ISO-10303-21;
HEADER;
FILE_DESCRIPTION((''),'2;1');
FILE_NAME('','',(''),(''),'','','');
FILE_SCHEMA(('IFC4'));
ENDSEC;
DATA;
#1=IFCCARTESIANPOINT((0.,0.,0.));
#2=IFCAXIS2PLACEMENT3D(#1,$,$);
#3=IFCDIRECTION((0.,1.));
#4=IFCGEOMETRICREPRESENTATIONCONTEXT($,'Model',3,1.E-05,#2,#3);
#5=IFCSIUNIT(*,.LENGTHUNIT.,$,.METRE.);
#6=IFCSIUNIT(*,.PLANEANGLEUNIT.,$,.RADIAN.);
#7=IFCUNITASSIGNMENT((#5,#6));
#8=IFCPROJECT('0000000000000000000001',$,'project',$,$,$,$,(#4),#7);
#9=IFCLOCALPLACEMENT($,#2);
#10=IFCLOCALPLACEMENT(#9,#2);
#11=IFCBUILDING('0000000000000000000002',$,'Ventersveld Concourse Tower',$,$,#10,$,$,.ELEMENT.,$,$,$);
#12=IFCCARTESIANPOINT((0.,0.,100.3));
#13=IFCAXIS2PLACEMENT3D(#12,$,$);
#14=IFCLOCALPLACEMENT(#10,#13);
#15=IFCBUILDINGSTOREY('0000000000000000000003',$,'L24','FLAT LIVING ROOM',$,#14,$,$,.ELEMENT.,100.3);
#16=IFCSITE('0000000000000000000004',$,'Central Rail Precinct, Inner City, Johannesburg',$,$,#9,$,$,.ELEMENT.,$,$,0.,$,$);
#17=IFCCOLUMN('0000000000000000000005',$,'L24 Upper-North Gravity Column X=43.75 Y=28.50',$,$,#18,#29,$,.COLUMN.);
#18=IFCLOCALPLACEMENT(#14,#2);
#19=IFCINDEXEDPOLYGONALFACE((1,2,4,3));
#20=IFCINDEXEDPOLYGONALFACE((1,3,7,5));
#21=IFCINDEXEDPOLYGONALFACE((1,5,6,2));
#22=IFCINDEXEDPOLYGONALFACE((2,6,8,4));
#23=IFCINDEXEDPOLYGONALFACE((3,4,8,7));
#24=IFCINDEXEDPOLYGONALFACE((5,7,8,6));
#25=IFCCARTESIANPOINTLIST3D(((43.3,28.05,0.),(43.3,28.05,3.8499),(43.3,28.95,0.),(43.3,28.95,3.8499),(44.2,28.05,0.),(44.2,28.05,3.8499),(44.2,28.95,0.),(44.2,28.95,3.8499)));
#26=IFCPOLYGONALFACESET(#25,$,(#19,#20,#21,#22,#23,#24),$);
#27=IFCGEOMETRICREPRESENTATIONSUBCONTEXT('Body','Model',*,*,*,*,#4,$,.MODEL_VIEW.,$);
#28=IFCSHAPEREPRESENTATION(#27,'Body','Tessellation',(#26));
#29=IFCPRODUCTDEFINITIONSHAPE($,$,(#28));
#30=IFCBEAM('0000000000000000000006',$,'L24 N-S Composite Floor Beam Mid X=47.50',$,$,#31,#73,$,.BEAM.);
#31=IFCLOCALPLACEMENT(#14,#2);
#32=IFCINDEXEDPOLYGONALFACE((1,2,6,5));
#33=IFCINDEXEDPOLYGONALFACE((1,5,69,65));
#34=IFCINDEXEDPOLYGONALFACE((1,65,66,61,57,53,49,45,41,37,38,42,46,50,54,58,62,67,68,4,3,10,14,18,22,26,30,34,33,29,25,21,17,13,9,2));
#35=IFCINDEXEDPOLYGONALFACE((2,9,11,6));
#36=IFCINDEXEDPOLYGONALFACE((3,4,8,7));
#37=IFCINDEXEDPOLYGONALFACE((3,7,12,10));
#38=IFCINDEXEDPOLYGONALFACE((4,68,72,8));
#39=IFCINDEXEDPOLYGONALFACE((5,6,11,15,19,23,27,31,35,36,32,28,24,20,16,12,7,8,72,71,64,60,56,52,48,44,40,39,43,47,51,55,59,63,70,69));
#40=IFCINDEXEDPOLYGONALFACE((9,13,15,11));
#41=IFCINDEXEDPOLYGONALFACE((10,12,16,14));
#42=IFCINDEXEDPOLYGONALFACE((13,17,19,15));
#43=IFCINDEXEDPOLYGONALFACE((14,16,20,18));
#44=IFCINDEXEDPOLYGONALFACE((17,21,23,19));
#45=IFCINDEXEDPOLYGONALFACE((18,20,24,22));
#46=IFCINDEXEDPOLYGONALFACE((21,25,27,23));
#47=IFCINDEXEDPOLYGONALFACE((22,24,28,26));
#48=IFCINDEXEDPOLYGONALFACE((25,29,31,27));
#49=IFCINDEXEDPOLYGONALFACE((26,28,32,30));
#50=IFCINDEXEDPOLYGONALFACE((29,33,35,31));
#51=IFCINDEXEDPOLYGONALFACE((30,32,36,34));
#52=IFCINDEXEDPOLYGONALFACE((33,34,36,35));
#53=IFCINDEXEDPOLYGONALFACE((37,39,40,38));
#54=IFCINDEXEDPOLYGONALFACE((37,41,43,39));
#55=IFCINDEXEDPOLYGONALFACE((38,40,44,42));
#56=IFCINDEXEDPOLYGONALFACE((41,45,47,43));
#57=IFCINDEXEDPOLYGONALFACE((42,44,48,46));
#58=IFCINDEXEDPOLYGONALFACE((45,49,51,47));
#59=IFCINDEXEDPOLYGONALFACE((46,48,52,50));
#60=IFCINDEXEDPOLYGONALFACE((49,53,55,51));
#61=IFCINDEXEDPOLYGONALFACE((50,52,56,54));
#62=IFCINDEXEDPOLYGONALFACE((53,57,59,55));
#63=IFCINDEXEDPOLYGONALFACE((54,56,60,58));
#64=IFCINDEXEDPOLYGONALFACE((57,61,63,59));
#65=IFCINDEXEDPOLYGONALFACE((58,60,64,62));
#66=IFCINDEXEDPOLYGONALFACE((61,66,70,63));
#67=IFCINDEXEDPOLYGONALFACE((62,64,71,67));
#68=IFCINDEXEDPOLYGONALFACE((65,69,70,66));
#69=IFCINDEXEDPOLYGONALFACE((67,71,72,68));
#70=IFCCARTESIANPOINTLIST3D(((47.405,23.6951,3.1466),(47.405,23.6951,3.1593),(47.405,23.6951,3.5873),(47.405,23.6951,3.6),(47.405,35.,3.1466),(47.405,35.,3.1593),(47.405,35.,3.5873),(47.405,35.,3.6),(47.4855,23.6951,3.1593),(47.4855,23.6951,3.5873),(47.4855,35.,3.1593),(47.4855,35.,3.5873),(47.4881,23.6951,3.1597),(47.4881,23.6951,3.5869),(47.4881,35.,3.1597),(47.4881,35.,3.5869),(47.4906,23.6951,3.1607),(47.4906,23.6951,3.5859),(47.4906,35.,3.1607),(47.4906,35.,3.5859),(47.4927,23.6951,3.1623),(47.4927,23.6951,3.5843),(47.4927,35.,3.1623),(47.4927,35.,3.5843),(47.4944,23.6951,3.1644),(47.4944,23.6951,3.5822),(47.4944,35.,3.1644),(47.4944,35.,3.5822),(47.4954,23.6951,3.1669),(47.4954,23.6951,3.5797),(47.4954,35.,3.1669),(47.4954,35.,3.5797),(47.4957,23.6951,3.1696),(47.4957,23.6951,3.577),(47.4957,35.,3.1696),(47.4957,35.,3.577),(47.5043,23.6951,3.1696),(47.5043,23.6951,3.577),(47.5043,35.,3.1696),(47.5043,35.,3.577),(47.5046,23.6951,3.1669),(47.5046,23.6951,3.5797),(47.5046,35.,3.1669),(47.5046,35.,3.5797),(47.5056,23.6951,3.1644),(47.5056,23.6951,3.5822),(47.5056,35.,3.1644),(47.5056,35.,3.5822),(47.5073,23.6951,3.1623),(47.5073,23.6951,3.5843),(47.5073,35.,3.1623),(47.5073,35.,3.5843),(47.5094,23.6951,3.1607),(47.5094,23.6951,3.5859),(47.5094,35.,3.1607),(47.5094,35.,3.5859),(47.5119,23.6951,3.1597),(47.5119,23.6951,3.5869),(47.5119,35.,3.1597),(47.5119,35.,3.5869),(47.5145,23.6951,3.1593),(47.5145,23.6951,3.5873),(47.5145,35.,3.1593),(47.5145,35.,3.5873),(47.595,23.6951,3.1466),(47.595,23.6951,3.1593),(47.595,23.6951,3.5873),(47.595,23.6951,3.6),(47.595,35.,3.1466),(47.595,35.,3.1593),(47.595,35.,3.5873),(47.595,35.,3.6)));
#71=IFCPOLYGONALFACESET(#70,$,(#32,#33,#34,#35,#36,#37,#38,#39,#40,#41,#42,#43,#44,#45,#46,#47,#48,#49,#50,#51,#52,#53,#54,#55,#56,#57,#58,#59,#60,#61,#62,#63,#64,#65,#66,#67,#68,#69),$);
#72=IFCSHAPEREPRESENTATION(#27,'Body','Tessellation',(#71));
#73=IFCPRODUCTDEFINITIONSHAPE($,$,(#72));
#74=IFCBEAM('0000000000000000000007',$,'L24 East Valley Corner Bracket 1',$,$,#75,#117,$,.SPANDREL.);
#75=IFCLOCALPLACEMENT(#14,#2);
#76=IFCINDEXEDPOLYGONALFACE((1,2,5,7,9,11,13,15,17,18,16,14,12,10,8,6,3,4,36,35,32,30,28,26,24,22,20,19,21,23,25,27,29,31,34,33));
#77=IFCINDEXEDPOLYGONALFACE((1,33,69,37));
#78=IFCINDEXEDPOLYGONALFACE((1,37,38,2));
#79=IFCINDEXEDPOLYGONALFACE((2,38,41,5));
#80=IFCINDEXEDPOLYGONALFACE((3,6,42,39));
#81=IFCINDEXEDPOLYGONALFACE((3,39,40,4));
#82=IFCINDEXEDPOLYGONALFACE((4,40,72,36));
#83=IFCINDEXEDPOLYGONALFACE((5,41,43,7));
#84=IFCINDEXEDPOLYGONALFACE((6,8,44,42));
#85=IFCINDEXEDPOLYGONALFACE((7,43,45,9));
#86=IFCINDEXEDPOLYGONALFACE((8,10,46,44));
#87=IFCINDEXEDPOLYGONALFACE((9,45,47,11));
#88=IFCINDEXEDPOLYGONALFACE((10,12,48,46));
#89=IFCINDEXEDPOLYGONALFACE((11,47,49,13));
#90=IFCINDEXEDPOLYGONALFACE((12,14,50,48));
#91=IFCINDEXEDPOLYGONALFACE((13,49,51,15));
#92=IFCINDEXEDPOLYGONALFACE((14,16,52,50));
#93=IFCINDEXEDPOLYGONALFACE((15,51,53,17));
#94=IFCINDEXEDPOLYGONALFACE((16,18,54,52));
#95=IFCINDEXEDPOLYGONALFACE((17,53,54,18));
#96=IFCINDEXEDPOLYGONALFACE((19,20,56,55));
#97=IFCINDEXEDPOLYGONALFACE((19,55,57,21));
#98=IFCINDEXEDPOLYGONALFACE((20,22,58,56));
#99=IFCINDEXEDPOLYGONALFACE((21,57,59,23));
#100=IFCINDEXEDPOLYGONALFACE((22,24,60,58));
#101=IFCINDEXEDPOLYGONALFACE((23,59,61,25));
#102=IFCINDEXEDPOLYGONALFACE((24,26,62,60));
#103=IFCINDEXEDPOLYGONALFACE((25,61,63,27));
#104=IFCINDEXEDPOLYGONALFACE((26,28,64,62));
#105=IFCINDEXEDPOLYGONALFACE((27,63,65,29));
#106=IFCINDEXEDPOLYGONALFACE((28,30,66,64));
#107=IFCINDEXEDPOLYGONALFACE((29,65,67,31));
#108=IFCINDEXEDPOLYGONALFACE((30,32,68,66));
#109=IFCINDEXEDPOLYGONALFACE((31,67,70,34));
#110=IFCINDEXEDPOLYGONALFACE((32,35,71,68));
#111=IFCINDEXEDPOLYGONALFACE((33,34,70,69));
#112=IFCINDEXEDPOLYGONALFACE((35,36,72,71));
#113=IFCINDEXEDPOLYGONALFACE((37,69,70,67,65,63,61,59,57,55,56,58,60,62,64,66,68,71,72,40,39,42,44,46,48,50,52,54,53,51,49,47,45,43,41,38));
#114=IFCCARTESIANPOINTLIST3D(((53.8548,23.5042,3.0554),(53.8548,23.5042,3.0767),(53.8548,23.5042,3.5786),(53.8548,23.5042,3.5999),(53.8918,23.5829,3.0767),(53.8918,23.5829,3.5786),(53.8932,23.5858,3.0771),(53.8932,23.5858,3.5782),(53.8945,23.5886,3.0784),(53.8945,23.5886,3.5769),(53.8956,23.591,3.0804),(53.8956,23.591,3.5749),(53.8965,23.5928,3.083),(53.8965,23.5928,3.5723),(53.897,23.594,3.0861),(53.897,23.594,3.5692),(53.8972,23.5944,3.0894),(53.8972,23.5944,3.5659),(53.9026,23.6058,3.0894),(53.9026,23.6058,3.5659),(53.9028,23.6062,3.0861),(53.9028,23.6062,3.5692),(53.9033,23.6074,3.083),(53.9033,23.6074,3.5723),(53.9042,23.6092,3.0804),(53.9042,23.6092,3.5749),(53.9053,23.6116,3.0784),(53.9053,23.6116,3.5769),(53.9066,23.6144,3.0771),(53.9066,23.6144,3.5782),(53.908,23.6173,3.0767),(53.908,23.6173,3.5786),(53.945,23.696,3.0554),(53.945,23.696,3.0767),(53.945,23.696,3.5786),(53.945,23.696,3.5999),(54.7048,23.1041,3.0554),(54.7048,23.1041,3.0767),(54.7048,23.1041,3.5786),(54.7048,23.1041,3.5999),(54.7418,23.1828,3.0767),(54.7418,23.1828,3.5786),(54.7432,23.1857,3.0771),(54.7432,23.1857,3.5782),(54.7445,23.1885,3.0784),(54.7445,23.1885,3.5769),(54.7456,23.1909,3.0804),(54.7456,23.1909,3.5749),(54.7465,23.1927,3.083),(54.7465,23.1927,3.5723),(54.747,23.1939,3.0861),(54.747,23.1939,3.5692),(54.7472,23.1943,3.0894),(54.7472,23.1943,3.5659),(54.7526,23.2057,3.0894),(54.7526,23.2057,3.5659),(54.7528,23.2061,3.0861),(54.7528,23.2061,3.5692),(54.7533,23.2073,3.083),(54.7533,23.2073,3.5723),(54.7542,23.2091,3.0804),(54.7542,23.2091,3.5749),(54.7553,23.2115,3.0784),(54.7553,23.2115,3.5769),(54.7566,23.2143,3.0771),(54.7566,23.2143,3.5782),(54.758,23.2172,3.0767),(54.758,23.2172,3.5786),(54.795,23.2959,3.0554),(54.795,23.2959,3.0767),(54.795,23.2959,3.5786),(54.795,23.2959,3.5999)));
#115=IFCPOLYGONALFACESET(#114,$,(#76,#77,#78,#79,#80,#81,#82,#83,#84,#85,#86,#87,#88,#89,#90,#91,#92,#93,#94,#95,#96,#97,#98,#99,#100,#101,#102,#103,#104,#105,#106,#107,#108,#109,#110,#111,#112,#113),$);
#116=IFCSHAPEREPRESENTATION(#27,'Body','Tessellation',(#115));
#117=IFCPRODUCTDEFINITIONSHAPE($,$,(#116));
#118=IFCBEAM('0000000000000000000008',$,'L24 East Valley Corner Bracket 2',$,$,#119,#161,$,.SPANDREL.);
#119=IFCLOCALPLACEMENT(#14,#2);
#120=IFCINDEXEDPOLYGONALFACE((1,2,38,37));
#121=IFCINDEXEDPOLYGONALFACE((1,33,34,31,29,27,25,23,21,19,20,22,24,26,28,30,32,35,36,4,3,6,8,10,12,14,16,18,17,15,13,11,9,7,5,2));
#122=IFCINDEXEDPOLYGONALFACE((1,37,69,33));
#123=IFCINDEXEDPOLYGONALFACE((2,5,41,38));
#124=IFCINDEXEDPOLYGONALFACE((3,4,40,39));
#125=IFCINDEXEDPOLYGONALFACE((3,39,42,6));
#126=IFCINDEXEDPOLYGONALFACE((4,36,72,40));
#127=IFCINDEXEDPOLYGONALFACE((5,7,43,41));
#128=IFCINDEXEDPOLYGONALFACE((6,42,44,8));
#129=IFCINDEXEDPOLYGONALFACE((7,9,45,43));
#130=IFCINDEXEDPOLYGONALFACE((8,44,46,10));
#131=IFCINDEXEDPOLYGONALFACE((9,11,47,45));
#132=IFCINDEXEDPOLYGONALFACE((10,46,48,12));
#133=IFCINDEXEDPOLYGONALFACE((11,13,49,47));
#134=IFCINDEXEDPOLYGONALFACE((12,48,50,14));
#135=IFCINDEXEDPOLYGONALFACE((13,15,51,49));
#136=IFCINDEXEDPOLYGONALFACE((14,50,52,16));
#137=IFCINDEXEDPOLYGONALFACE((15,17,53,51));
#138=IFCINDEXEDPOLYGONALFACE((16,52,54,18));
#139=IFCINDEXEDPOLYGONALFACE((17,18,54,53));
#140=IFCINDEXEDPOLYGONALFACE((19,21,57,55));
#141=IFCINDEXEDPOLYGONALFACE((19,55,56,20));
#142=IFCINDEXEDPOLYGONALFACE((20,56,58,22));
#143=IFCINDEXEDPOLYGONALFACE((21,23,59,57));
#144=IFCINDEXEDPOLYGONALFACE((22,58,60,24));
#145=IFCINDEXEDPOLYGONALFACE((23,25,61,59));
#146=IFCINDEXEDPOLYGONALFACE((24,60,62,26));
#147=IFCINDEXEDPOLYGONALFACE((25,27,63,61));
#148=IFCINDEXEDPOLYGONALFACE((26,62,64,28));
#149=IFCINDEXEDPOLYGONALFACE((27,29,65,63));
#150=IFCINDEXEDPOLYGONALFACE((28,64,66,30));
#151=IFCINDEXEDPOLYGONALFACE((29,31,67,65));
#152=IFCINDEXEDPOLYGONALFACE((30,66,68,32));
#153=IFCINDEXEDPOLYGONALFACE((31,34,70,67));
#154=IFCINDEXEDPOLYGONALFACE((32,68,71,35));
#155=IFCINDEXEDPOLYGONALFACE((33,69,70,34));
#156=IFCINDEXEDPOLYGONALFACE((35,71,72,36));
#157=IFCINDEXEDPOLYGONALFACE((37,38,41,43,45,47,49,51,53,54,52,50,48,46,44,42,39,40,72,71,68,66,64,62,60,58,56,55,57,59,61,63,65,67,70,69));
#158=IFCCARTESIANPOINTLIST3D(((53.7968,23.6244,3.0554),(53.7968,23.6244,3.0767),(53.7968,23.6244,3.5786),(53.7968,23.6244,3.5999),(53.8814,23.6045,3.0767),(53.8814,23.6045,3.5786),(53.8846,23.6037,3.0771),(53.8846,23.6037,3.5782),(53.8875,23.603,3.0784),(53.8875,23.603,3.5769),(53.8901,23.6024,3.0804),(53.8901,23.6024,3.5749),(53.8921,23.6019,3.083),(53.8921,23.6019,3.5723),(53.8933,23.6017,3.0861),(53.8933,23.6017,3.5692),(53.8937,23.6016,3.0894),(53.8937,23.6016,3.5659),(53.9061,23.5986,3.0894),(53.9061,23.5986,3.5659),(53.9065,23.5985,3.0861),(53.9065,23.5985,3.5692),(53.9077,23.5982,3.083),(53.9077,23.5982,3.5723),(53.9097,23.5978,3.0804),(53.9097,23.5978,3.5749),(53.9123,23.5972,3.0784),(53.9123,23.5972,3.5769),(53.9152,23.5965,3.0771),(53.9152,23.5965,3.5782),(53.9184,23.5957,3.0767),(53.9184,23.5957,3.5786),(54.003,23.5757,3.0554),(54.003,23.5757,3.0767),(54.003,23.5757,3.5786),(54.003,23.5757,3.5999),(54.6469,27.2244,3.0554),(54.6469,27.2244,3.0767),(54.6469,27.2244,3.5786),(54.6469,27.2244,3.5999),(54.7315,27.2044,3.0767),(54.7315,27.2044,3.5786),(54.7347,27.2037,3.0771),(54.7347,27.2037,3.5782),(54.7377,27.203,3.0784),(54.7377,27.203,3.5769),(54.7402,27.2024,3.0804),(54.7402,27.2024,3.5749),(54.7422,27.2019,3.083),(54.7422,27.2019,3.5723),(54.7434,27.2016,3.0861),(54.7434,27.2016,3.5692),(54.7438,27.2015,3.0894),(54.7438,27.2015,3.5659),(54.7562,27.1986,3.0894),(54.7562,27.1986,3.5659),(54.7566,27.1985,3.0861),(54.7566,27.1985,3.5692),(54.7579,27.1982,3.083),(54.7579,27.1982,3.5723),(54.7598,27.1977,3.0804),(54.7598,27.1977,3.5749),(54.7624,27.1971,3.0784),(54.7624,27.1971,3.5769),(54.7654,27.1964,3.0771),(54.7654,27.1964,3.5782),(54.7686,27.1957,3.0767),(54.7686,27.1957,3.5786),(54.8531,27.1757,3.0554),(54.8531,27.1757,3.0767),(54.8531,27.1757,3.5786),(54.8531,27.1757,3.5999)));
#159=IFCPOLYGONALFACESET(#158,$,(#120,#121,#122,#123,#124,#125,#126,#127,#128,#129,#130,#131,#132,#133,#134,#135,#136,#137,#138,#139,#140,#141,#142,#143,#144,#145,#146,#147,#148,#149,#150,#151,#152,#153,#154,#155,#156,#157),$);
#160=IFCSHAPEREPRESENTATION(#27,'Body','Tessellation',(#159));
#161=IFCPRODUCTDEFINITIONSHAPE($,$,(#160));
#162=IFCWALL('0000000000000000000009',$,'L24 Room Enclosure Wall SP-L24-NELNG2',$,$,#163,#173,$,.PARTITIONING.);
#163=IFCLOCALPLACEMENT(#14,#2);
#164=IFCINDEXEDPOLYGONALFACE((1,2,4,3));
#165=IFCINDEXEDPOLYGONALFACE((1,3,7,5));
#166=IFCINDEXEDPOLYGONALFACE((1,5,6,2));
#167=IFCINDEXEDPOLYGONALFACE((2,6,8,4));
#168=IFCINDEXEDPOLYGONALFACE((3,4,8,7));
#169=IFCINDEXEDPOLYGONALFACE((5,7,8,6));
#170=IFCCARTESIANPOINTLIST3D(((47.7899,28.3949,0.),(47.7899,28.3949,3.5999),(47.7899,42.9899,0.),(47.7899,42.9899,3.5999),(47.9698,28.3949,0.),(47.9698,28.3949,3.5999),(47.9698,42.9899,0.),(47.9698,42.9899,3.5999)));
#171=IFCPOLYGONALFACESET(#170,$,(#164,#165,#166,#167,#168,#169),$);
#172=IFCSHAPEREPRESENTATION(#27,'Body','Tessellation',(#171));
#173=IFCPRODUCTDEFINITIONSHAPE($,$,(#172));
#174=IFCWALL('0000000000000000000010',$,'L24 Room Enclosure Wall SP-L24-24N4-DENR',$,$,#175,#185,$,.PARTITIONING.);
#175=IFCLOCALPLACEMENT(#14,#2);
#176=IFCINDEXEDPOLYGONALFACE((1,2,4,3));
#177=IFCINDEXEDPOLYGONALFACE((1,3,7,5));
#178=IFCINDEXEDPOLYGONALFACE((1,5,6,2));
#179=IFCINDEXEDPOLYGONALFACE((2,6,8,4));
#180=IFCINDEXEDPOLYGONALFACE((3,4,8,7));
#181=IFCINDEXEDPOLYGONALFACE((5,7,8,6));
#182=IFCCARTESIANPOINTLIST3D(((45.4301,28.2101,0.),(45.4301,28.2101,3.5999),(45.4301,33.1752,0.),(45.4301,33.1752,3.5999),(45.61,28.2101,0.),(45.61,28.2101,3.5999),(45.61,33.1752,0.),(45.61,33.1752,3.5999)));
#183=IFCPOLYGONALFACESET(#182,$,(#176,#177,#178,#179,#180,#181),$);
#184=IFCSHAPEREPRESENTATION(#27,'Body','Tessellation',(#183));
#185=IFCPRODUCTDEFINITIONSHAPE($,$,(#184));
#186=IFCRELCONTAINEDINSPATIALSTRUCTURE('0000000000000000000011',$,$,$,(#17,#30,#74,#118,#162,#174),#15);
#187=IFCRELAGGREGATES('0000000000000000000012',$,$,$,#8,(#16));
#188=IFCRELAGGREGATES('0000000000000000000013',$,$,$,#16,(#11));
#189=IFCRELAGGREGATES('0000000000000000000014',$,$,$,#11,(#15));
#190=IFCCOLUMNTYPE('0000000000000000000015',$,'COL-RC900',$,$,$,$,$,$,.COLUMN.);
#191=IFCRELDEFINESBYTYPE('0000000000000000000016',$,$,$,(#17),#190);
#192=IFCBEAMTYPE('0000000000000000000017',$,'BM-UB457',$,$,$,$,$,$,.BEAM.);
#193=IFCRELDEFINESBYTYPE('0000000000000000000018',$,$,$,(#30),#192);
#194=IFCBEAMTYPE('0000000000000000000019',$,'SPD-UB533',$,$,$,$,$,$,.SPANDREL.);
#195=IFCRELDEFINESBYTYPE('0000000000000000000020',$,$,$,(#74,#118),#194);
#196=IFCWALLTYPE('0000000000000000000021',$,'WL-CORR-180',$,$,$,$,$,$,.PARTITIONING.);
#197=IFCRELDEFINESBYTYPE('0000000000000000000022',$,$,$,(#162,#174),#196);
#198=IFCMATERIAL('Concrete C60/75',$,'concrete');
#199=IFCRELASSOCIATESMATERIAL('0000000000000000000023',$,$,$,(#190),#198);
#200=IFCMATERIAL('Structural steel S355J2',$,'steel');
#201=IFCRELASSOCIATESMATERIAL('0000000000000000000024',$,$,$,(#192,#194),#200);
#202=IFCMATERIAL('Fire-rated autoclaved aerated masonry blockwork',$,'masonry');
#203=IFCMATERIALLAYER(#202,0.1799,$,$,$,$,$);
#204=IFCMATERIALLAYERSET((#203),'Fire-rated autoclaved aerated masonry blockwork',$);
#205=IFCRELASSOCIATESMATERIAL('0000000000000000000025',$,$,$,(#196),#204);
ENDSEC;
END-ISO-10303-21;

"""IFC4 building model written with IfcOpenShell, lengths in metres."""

from ifc_helpers import new_model, si_unit, direction, frame, frame_2d, origin, origin_2d, place, context, subcontext, project, spatial, rectangle, i_section, extrude, material, layer, layer_set, material_profile, profile_set, type_object, element, save


model = new_model("IFC4")

# Units and contexts
model_context = context("Model", 3, precision=1e-05, world=origin(), true_north=direction((0.0, 1.0)))
body_context = subcontext(model_context, "Body", "Model", "MODEL_VIEW")
ifc_project = project(units=[si_unit("LENGTHUNIT", "METRE"), si_unit("PLANEANGLEUNIT", "RADIAN")], contexts=[model_context])

# Site, building, storey
site_placement = place(None, origin())
site = spatial("IfcSite", under=ifc_project, at=site_placement, Name="Central Rail Precinct, Inner City, Johannesburg", CompositionType="ELEMENT", RefElevation=0.0)
building_placement = place(site_placement, origin())
building = spatial("IfcBuilding", under=site, at=building_placement, Name="Ventersveld Concourse Tower", CompositionType="ELEMENT")
storey_placement = place(building_placement, frame((0.0, 0.0, 100.3)))
storey = spatial("IfcBuildingStorey", under=building, at=storey_placement, Name="L24", Description="FLAT LIVING ROOM", CompositionType="ELEMENT", Elevation=100.3)

# Column
ifc_material_1 = material(Name="Concrete C60/75", Category="concrete")
ifc_material_profile_1 = material_profile(ifc_material_1, rectangle(XDim=0.8999, YDim=0.8999, at=origin_2d()), Name="RC 900x900")
ifc_profile_set_1 = profile_set([ifc_material_profile_1], Name="Concrete C60/75")
column_type = type_object("IfcColumnType", Name="COL-RC900", PredefinedType="COLUMN", material=ifc_profile_set_1)
column_placement = place(storey_placement, frame((43.75, 28.5, 0.0), z_axis=(0.0, 0.0, 1.0), x_axis=(1.0, 0.0, 0.0)))
element("IfcColumn", 1, at=column_placement, inside=storey, type_object=column_type, Name="L24 Upper-North Gravity Column X=43.75 Y=28.50", PredefinedType="COLUMN", context=body_context, shape_type="SweptSolid", body=[
    extrude(rectangle(XDim=0.8999, YDim=0.8999, at=origin_2d()), origin(), (0.0, 0.0, 1.0), 3.8499),
])

# Beams
ifc_material_2 = material(Name="Structural steel S355J2", Category="steel")
ifc_material_profile_2 = material_profile(ifc_material_2, i_section(OverallWidth=0.1899, OverallDepth=0.4534, WebThickness=0.0085, FlangeThickness=0.0127, FilletRadius=0.0103, at=origin_2d()), Name="UB 457x191x67")
ifc_profile_set_2 = profile_set([ifc_material_profile_2], Name="Structural steel S355J2")
beam_type_1 = type_object("IfcBeamType", Name="BM-UB457", PredefinedType="BEAM", material=ifc_profile_set_2)
beam_1_placement = place(storey_placement, frame((47.5, 23.6951, 3.3733), z_axis=(0.0, 1.0, 0.0), x_axis=(-1.0, 0.0, 0.0)))
element("IfcBeam", 2, at=beam_1_placement, inside=storey, type_object=beam_type_1, Name="L24 N-S Composite Floor Beam Mid X=47.50", PredefinedType="BEAM", context=body_context, shape_type="SweptSolid", body=[
    extrude(i_section(OverallWidth=0.1899, OverallDepth=0.4534, WebThickness=0.0085, FlangeThickness=0.0127, FilletRadius=0.0103, at=origin_2d()), origin(), (0.0, 0.0, 1.0), 11.3049),
])
ifc_material_profile_3 = material_profile(ifc_material_2, i_section(OverallWidth=0.2119, OverallDepth=0.5444, WebThickness=0.0127, FlangeThickness=0.0212, FilletRadius=0.0127, at=origin_2d()), Name="UB 533x210x122")
ifc_profile_set_3 = profile_set([ifc_material_profile_3], Name="Structural steel S355J2")
beam_type_2 = type_object("IfcBeamType", Name="SPD-UB533", PredefinedType="SPANDREL", material=ifc_profile_set_3)
beam_2_placement = place(storey_placement, frame((53.8999, 23.6001, 3.3276), z_axis=(0.904777, -0.425885, 0.0), x_axis=(0.425885, 0.904777, 0.0)))
element("IfcBeam", 3, at=beam_2_placement, inside=storey, type_object=beam_type_2, Name="L24 East Valley Corner Bracket 1", PredefinedType="SPANDREL", context=body_context, shape_type="SweptSolid", body=[
    extrude(i_section(OverallWidth=0.2119, OverallDepth=0.5444, WebThickness=0.0127, FlangeThickness=0.0212, FilletRadius=0.0127, at=origin_2d()), origin(), (0.0, 0.0, 1.0), 0.9395),
])
beam_3_placement = place(storey_placement, frame((53.8999, 23.6001, 3.3276), z_axis=(0.229827, 0.973232, 0.0), x_axis=(-0.973232, 0.229827, 0.0)))
element("IfcBeam", 4, at=beam_3_placement, inside=storey, type_object=beam_type_2, Name="L24 East Valley Corner Bracket 2", PredefinedType="SPANDREL", context=body_context, shape_type="SweptSolid", body=[
    extrude(i_section(OverallWidth=0.2119, OverallDepth=0.5444, WebThickness=0.0127, FlangeThickness=0.0212, FilletRadius=0.0127, at=origin_2d()), origin(), (0.0, 0.0, 1.0), 3.699),
])

# Walls
ifc_material_3 = material(Name="Fire-rated autoclaved aerated masonry blockwork", Category="masonry")
ifc_layer_1 = layer(ifc_material_3, 0.1799)
ifc_layer_set_1 = layer_set([ifc_layer_1], Name="Fire-rated autoclaved aerated masonry blockwork")
wall_type_1 = type_object("IfcWallType", Name="WL-CORR-180", PredefinedType="PARTITIONING", material=ifc_layer_set_1)
wall_1_placement = place(storey_placement, frame((47.8799, 28.395, 0.0), z_axis=(0.0, 0.0, 1.0), x_axis=(0.0, 1.0, 0.0)))
element("IfcWall", 5, at=wall_1_placement, inside=storey, type_object=wall_type_1, Name="L24 Room Enclosure Wall SP-L24-NELNG2", PredefinedType="PARTITIONING", context=body_context, shape_type="SweptSolid", body=[
    extrude(rectangle(XDim=14.595, YDim=0.1799, at=frame_2d((7.2974, 0.0))), origin(), (0.0, 0.0, 1.0), 3.5999),
])
wall_2_placement = place(storey_placement, frame((45.52, 33.175, 0.0), z_axis=(0.0, 0.0, 1.0), x_axis=(0.0, -1.0, 0.0)))
element("IfcWall", 6, at=wall_2_placement, inside=storey, type_object=wall_type_1, Name="L24 Room Enclosure Wall SP-L24-24N4-DENR", PredefinedType="PARTITIONING", context=body_context, shape_type="SweptSolid", body=[
    extrude(rectangle(XDim=4.9651, YDim=0.1799, at=frame_2d((2.4824, 0.0))), origin(), (0.0, 0.0, 1.0), 3.5999),
])

save(model, "model.ifc")
